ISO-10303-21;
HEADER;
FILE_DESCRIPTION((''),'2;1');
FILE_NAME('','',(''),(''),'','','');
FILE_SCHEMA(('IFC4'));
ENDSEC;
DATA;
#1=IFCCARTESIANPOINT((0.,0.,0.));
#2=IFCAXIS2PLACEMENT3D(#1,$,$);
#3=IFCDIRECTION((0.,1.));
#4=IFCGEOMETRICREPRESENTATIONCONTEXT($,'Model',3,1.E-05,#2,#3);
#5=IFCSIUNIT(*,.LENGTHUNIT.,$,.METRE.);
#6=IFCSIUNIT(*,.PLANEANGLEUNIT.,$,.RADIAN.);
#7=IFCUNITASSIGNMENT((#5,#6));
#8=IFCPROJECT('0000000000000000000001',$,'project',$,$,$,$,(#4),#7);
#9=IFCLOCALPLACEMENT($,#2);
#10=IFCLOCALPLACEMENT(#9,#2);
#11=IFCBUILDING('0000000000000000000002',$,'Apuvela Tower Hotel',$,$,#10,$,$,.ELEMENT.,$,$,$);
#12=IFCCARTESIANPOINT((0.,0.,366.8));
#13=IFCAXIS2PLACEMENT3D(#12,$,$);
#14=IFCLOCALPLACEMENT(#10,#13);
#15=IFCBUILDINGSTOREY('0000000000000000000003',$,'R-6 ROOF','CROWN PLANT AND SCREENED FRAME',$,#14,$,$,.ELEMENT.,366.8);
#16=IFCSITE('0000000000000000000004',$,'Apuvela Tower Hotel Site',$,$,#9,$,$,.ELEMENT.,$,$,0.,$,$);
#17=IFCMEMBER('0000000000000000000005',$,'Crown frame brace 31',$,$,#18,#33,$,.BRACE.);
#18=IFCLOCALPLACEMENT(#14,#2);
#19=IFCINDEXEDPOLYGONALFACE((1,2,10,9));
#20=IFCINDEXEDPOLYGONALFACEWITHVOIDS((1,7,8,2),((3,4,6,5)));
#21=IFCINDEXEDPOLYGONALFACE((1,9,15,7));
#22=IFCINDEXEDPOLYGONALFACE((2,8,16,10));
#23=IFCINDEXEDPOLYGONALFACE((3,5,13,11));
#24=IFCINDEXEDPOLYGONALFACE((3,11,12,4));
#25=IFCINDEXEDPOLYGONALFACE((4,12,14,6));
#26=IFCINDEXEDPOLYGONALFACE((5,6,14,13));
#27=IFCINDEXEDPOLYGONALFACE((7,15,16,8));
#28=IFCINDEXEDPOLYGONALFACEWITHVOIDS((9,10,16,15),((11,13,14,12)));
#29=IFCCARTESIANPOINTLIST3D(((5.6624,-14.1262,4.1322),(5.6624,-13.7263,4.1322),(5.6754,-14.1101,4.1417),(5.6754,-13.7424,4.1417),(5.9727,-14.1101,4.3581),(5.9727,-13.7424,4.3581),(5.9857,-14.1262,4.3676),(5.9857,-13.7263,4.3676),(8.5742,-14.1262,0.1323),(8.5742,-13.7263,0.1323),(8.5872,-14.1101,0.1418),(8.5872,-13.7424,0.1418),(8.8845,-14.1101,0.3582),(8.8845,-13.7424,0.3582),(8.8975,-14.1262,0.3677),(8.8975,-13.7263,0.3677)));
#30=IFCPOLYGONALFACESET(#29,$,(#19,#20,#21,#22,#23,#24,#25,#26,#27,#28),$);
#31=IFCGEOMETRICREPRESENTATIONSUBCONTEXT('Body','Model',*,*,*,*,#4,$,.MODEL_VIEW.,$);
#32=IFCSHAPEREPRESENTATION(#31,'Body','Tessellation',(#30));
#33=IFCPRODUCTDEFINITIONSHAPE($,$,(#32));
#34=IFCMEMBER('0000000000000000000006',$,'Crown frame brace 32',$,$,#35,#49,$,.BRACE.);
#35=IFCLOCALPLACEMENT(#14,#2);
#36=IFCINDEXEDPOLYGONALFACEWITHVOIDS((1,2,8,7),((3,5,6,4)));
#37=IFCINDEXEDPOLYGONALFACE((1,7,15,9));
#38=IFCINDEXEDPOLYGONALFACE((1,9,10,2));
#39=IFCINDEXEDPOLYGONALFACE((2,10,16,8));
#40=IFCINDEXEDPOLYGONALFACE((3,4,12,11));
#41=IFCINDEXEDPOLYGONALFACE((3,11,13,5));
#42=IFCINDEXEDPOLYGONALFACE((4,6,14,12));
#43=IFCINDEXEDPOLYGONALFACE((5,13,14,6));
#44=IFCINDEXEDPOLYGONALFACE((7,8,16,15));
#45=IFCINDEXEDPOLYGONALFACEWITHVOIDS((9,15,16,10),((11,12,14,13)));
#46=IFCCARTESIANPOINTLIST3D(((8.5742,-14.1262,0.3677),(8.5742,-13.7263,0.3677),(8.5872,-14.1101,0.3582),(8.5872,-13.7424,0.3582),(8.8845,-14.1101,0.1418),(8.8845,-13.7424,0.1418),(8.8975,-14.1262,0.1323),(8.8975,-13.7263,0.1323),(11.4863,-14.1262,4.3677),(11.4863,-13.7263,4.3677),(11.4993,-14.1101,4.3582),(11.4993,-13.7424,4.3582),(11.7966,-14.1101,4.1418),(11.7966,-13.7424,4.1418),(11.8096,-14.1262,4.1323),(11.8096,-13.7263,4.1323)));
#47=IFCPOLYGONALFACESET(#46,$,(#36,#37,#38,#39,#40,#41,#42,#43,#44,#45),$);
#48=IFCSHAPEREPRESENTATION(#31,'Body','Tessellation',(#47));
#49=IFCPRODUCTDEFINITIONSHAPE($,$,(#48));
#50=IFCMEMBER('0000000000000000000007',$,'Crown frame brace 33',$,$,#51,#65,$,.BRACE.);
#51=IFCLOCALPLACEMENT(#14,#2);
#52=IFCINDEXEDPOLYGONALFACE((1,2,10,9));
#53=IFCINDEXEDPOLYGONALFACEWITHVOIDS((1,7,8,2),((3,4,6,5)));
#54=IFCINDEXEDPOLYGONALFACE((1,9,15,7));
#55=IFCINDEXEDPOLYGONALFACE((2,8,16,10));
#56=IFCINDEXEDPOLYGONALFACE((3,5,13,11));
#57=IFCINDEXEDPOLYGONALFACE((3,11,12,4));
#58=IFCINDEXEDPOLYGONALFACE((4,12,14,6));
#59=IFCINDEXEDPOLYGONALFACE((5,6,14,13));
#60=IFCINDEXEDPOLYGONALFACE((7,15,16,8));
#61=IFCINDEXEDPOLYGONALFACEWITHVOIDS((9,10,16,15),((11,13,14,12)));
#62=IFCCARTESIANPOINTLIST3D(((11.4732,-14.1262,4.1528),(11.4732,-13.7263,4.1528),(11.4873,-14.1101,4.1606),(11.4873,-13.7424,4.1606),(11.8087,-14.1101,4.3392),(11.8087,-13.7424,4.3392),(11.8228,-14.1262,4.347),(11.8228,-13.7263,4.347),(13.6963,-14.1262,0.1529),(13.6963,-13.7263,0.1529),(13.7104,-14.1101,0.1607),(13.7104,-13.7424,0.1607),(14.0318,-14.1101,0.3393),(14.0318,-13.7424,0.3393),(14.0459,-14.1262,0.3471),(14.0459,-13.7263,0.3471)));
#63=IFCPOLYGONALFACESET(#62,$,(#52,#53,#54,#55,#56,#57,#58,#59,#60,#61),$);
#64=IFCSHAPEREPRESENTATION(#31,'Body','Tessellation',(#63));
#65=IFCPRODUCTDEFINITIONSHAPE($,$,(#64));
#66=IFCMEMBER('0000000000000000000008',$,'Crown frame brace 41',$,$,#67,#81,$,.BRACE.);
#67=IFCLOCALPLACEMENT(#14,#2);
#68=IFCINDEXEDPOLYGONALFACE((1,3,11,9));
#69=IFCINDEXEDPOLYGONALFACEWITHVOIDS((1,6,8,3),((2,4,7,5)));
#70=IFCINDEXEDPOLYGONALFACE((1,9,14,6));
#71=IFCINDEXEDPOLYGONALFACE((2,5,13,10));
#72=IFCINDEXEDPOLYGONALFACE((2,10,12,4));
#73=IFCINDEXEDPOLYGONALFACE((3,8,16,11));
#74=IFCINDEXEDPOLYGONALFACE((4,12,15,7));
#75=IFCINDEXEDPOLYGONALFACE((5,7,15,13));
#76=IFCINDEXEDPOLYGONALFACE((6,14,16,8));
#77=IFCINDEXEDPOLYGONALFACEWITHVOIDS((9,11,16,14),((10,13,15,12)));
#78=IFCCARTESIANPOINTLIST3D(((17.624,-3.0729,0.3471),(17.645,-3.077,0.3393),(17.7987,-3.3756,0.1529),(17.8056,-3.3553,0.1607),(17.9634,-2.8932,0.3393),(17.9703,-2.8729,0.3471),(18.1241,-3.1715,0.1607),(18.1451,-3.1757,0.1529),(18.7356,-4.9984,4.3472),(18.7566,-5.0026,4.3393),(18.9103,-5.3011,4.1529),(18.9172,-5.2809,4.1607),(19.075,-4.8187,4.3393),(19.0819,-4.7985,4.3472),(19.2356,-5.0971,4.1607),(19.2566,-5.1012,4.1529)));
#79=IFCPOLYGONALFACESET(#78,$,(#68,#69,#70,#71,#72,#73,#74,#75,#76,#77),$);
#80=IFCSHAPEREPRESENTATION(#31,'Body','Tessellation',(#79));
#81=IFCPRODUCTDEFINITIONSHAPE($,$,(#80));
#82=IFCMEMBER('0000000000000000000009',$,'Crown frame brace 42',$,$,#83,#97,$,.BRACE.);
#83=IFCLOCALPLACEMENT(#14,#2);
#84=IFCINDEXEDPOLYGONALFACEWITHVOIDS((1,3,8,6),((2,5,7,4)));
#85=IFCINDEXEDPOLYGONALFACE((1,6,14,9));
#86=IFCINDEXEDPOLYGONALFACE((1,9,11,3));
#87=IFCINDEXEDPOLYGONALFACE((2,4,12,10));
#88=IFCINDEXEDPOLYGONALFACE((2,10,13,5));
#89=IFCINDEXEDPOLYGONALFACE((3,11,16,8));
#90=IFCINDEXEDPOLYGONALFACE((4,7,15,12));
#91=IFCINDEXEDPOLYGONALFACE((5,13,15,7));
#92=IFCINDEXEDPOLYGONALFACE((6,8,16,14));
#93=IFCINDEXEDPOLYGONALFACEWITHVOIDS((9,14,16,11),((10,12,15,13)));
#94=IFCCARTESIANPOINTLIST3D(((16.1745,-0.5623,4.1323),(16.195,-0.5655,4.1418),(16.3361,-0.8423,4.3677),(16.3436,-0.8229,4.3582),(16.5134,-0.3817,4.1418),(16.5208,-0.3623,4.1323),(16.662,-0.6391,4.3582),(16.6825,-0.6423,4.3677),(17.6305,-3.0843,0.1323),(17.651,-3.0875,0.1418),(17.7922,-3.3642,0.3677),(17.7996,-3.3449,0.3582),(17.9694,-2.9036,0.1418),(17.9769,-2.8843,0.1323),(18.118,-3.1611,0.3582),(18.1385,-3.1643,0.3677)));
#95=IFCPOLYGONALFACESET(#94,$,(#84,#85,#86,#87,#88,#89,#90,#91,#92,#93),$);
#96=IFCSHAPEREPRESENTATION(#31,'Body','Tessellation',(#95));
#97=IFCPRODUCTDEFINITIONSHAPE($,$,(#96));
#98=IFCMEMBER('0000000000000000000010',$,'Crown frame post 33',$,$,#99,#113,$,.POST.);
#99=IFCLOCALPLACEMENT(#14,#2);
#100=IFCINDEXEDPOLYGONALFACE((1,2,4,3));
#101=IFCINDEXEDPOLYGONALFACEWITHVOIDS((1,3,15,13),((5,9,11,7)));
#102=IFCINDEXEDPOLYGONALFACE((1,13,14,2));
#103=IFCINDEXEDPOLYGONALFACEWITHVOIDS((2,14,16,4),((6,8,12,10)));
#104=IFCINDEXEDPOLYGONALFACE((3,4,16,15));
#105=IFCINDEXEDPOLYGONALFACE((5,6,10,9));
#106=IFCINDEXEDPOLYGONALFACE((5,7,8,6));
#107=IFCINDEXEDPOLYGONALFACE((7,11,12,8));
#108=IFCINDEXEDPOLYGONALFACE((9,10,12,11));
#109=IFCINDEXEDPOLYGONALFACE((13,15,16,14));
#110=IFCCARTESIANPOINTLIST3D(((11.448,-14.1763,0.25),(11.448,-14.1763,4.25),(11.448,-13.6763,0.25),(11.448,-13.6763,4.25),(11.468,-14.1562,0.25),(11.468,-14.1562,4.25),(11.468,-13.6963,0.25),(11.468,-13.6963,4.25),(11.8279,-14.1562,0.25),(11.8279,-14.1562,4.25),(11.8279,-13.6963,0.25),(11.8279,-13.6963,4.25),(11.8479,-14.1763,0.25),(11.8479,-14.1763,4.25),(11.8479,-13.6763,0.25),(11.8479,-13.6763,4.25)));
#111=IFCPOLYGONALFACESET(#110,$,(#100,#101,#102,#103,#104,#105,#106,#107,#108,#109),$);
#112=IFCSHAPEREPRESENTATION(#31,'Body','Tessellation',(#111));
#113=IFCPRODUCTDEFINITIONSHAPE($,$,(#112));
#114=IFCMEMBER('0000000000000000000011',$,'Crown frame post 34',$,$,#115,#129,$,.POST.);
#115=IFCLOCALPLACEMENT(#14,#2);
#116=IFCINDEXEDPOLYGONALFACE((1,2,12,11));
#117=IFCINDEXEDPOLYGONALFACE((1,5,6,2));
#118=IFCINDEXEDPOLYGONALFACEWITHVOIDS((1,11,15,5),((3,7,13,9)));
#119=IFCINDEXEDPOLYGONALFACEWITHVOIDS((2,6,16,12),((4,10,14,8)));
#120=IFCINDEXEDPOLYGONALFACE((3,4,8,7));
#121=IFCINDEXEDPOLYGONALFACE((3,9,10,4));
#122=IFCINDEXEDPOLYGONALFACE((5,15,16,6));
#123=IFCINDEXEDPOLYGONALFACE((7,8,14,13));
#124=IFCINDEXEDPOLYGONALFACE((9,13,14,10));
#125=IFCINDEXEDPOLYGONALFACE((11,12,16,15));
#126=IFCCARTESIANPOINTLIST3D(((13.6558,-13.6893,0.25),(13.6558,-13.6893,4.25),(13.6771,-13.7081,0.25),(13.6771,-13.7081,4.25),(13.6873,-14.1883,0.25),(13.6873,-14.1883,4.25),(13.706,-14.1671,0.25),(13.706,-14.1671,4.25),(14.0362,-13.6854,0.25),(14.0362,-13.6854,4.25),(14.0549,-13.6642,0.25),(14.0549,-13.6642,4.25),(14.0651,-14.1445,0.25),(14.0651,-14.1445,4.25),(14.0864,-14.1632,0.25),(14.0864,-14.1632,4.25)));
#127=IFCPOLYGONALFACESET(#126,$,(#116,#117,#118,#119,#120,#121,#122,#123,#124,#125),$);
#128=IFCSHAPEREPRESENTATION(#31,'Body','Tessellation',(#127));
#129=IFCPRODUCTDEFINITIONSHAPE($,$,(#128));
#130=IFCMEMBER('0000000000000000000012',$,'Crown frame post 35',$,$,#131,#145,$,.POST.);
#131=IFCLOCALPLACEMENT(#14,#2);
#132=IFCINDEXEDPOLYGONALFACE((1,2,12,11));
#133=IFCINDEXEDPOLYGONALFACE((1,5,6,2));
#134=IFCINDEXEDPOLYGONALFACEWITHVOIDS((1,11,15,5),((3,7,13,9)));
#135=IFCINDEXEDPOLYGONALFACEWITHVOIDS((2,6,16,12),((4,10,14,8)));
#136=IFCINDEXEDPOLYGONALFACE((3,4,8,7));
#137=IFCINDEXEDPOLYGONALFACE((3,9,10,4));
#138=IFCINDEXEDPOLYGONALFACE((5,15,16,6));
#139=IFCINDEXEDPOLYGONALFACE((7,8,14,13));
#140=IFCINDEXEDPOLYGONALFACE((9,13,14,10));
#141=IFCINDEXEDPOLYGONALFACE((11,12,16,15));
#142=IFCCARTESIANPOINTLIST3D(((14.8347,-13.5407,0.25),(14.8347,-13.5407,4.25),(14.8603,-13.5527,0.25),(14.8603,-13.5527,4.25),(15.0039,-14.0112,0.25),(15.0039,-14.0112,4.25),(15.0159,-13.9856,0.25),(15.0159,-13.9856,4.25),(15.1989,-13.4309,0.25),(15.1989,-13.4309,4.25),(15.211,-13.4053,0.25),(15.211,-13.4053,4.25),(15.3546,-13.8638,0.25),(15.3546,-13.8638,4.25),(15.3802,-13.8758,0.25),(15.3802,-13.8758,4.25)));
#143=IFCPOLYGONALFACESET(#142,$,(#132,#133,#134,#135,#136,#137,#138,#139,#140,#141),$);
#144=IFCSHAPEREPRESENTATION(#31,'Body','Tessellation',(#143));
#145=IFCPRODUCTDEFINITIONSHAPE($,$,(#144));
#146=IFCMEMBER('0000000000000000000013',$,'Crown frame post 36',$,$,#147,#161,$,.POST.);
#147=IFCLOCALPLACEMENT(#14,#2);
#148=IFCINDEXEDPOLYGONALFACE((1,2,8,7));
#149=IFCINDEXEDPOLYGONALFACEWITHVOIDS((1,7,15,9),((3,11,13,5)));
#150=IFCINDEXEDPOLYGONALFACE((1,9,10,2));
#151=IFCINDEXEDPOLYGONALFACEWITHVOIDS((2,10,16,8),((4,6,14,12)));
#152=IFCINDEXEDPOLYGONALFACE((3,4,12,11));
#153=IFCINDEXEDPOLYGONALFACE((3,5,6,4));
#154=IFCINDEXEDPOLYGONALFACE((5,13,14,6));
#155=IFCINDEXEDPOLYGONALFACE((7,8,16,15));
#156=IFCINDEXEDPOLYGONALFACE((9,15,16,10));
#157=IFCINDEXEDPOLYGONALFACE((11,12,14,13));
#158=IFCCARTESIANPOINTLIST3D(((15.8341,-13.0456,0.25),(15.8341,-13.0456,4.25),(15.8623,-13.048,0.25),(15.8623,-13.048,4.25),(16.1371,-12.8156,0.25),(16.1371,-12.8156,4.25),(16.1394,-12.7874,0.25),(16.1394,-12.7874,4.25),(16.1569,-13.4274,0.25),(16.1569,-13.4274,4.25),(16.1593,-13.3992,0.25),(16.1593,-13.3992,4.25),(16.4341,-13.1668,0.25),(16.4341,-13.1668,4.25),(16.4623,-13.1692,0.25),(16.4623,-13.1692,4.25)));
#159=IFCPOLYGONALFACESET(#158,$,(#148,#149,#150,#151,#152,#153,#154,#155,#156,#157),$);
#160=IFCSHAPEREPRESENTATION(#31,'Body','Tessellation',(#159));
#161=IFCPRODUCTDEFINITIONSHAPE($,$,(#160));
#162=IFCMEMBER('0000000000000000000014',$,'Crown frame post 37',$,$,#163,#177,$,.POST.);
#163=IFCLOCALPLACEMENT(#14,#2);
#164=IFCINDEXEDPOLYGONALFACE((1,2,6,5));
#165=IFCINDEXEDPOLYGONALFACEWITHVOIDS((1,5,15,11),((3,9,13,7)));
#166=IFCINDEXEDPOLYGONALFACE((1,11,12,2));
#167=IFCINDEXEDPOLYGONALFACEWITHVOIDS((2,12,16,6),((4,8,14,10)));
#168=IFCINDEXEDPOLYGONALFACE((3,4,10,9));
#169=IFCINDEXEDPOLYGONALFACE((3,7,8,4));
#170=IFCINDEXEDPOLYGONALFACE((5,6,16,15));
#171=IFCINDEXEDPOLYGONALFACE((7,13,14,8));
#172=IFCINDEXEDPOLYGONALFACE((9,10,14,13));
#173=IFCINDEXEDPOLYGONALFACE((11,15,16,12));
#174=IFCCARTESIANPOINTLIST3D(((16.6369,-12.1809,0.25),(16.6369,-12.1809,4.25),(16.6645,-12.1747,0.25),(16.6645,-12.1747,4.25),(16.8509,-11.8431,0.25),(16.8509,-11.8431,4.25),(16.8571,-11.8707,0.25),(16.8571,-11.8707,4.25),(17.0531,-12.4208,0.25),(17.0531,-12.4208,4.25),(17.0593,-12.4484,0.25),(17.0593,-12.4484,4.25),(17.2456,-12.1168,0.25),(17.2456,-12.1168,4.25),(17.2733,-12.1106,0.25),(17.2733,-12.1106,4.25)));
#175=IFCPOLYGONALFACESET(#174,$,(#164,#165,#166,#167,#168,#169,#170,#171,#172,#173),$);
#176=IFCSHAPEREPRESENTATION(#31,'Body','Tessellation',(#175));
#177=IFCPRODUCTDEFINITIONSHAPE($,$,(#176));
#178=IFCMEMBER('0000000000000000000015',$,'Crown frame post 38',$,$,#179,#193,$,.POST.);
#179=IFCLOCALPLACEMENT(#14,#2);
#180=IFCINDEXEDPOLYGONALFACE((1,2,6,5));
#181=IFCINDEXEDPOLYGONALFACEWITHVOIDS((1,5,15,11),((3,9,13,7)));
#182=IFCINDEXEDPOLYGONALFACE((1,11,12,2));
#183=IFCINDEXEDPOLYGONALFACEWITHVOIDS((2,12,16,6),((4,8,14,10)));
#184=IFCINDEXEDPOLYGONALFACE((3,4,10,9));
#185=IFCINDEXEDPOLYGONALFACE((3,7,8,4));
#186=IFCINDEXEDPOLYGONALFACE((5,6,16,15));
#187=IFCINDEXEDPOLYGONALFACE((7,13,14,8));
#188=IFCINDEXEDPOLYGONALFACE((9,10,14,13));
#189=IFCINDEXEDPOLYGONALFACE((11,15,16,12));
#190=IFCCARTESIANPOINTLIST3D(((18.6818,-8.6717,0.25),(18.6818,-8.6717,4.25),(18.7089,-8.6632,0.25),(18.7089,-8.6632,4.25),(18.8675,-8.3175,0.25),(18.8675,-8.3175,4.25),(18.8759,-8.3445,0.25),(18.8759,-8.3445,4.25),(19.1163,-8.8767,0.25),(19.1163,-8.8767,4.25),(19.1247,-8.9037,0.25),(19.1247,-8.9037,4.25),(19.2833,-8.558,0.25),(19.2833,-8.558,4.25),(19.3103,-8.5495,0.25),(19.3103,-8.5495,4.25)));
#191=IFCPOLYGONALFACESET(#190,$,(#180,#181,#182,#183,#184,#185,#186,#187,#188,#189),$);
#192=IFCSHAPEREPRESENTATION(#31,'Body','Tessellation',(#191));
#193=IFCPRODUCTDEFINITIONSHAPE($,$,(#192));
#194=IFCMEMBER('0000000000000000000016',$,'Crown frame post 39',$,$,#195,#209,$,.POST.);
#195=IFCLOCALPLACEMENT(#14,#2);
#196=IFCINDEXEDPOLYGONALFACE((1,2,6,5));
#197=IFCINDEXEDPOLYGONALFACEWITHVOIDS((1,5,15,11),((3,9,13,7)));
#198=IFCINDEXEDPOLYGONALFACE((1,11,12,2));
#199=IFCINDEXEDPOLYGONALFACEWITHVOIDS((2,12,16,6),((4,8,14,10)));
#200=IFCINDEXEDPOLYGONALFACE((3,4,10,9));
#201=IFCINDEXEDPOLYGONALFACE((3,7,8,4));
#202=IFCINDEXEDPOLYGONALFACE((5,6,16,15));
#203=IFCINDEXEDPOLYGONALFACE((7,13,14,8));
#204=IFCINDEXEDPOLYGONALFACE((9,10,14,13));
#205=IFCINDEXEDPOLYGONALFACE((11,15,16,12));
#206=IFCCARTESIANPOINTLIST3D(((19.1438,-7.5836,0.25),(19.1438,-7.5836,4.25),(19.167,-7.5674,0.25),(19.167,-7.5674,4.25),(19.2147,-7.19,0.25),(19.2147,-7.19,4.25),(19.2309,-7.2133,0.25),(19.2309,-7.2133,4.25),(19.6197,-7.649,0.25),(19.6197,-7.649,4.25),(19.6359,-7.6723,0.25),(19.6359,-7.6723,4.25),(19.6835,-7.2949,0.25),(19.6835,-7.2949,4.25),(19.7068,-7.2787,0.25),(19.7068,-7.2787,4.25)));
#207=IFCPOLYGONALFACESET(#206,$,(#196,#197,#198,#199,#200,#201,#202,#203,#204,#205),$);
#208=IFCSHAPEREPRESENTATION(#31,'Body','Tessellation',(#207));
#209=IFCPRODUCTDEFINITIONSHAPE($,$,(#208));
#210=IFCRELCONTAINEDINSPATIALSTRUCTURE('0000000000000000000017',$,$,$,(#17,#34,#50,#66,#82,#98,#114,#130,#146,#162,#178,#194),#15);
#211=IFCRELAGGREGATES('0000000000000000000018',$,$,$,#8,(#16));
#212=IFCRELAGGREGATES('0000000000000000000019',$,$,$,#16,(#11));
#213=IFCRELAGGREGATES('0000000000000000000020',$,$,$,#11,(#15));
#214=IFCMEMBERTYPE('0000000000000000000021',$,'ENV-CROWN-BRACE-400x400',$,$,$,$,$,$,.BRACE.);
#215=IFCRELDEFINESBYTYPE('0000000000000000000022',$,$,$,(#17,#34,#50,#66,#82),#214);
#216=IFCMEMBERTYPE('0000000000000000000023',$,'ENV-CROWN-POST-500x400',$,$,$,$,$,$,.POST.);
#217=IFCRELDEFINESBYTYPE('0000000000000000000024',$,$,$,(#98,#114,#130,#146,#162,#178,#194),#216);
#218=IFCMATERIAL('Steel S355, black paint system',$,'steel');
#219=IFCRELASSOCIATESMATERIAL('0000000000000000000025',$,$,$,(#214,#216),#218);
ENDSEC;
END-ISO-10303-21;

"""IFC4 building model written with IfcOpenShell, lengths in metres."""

from ifc_helpers import new_model, si_unit, direction, frame, origin, origin_2d, place, context, subcontext, project, spatial, hollow_rectangle, extrude, material, material_profile, profile_set, type_object, element, save


model = new_model("IFC4")

# Units and contexts
model_context = context("Model", 3, precision=1e-05, world=origin(), true_north=direction((0.0, 1.0)))
body_context = subcontext(model_context, "Body", "Model", "MODEL_VIEW")
ifc_project = project(units=[si_unit("LENGTHUNIT", "METRE"), si_unit("PLANEANGLEUNIT", "RADIAN")], contexts=[model_context])

# Site, building, storey
site_placement = place(None, origin())
site = spatial("IfcSite", under=ifc_project, at=site_placement, Name="Apuvela Tower Hotel Site", CompositionType="ELEMENT", RefElevation=0.0)
building_placement = place(site_placement, origin())
building = spatial("IfcBuilding", under=site, at=building_placement, Name="Apuvela Tower Hotel", CompositionType="ELEMENT")
storey_placement = place(building_placement, frame((0.0, 0.0, 366.8)))
storey = spatial("IfcBuildingStorey", under=building, at=storey_placement, Name="R-6 ROOF", Description="CROWN PLANT AND SCREENED FRAME", CompositionType="ELEMENT", Elevation=366.8)

# Members
ifc_material_1 = material(Name="Steel S355, black paint system", Category="steel")
ifc_material_profile_1 = material_profile(ifc_material_1, hollow_rectangle(XDim=0.3999, YDim=0.3999, WallThickness=0.0161, at=origin_2d()), Name="HSS 400x400x16")
ifc_profile_set_1 = profile_set([ifc_material_profile_1], Name="Steel S355, black paint system")
member_type_1 = type_object("IfcMemberType", Name="ENV-CROWN-BRACE-400x400", PredefinedType="BRACE", material=ifc_profile_set_1)
member_1_placement = place(storey_placement, frame((8.7358, -13.9263, 0.25), z_axis=(-0.588538, 0.0, 0.808469), x_axis=(0.0, -1.0, 0.0)))
element("IfcMember", 1, at=member_1_placement, inside=storey, type_object=member_type_1, Name="Crown frame brace 31", PredefinedType="BRACE", context=body_context, shape_type="SweptSolid", body=[
    extrude(hollow_rectangle(XDim=0.3999, YDim=0.3999, WallThickness=0.0161, at=origin_2d()), origin(), (0.0, 0.0, 1.0), 4.9475),
])
member_2_placement = place(storey_placement, frame((8.7358, -13.9263, 0.25), z_axis=(0.588571, 0.0, 0.808446), x_axis=(0.0, 1.0, 0.0)))
element("IfcMember", 2, at=member_2_placement, inside=storey, type_object=member_type_1, Name="Crown frame brace 32", PredefinedType="BRACE", context=body_context, shape_type="SweptSolid", body=[
    extrude(hollow_rectangle(XDim=0.3999, YDim=0.3999, WallThickness=0.0161, at=origin_2d()), origin(), (0.0, 0.0, 1.0), 4.9478),
])
member_3_placement = place(storey_placement, frame((13.8711, -13.9263, 0.25), z_axis=(-0.485797, 0.0, 0.874072), x_axis=(0.0, -1.0, 0.0)))
element("IfcMember", 3, at=member_3_placement, inside=storey, type_object=member_type_1, Name="Crown frame brace 33", PredefinedType="BRACE", context=body_context, shape_type="SweptSolid", body=[
    extrude(hollow_rectangle(XDim=0.3999, YDim=0.3999, WallThickness=0.0161, at=origin_2d()), origin(), (0.0, 0.0, 1.0), 4.5762),
])
member_4_placement = place(storey_placement, frame((17.8845, -3.1243, 0.25), z_axis=(0.242893, -0.420755, 0.874053), x_axis=(0.866052, 0.499954, 0.0)))
element("IfcMember", 4, at=member_4_placement, inside=storey, type_object=member_type_1, Name="Crown frame brace 41", PredefinedType="BRACE", context=body_context, shape_type="SweptSolid", body=[
    extrude(hollow_rectangle(XDim=0.3999, YDim=0.3999, WallThickness=0.0161, at=origin_2d()), origin(), (0.0, 0.0, 1.0), 4.5764),
])
member_5_placement = place(storey_placement, frame((17.8845, -3.1243, 0.25), z_axis=(-0.294285, 0.509719, 0.808445), x_axis=(-0.866026, -0.499998, 0.0)))
element("IfcMember", 5, at=member_5_placement, inside=storey, type_object=member_type_1, Name="Crown frame brace 42", PredefinedType="BRACE", context=body_context, shape_type="SweptSolid", body=[
    extrude(hollow_rectangle(XDim=0.3999, YDim=0.3999, WallThickness=0.0161, at=origin_2d()), origin(), (0.0, 0.0, 1.0), 4.9478),
])
ifc_material_profile_2 = material_profile(ifc_material_1, hollow_rectangle(XDim=0.3999, YDim=0.5, WallThickness=0.02, at=origin_2d()), Name="HSS 500x400x20")
ifc_profile_set_2 = profile_set([ifc_material_profile_2], Name="Steel S355, black paint system")
member_type_2 = type_object("IfcMemberType", Name="ENV-CROWN-POST-500x400", PredefinedType="POST", material=ifc_profile_set_2)
for number, where, z_axis, x_axis, name in (
    (6, (11.6479, -13.9263, 0.25), (0.0, 0.0, 1.0), (1.0, 0.0, 0.0), "Crown frame post 33"),
    (7, (13.8711, -13.9263, 0.25), (0.0, 0.0, 1.0), (0.998021, 0.062881, 0.0), "Crown frame post 34"),
    (8, (15.1074, -13.7083, 0.25), (0.0, 0.0, 1.0), (0.940994, 0.338423, 0.0), "Crown frame post 35"),
    (9, (16.1482, -13.1074, 0.25), (0.0, 0.0, 1.0), (0.76358, 0.645714, 0.0), "Crown frame post 36"),
    (10, (16.9551, -12.1458, 0.25), (0.0, 0.0, 1.0), (0.535046, 0.844823, 0.0), "Crown frame post 37"),
    (11, (18.9961, -8.6106, 0.25), (0.0, 0.0, 1.0), (0.464116, 0.885775, 0.0), "Crown frame post 38"),
    (12, (19.4253, -7.4312, 0.25), (0.0, 0.0, 1.0), (0.177415, 0.984136, 0.0), "Crown frame post 39"),
):
    element("IfcMember", number, at=place(storey_placement, frame(where, z_axis=z_axis, x_axis=x_axis)), inside=storey, type_object=member_type_2, Name=name, PredefinedType="POST", context=body_context, shape_type="SweptSolid", body=[
        extrude(hollow_rectangle(XDim=0.3999, YDim=0.5, WallThickness=0.02, at=origin_2d()), origin(), (0.0, 0.0, 1.0), 4.0),
    ])

save(model, "model.ifc")
